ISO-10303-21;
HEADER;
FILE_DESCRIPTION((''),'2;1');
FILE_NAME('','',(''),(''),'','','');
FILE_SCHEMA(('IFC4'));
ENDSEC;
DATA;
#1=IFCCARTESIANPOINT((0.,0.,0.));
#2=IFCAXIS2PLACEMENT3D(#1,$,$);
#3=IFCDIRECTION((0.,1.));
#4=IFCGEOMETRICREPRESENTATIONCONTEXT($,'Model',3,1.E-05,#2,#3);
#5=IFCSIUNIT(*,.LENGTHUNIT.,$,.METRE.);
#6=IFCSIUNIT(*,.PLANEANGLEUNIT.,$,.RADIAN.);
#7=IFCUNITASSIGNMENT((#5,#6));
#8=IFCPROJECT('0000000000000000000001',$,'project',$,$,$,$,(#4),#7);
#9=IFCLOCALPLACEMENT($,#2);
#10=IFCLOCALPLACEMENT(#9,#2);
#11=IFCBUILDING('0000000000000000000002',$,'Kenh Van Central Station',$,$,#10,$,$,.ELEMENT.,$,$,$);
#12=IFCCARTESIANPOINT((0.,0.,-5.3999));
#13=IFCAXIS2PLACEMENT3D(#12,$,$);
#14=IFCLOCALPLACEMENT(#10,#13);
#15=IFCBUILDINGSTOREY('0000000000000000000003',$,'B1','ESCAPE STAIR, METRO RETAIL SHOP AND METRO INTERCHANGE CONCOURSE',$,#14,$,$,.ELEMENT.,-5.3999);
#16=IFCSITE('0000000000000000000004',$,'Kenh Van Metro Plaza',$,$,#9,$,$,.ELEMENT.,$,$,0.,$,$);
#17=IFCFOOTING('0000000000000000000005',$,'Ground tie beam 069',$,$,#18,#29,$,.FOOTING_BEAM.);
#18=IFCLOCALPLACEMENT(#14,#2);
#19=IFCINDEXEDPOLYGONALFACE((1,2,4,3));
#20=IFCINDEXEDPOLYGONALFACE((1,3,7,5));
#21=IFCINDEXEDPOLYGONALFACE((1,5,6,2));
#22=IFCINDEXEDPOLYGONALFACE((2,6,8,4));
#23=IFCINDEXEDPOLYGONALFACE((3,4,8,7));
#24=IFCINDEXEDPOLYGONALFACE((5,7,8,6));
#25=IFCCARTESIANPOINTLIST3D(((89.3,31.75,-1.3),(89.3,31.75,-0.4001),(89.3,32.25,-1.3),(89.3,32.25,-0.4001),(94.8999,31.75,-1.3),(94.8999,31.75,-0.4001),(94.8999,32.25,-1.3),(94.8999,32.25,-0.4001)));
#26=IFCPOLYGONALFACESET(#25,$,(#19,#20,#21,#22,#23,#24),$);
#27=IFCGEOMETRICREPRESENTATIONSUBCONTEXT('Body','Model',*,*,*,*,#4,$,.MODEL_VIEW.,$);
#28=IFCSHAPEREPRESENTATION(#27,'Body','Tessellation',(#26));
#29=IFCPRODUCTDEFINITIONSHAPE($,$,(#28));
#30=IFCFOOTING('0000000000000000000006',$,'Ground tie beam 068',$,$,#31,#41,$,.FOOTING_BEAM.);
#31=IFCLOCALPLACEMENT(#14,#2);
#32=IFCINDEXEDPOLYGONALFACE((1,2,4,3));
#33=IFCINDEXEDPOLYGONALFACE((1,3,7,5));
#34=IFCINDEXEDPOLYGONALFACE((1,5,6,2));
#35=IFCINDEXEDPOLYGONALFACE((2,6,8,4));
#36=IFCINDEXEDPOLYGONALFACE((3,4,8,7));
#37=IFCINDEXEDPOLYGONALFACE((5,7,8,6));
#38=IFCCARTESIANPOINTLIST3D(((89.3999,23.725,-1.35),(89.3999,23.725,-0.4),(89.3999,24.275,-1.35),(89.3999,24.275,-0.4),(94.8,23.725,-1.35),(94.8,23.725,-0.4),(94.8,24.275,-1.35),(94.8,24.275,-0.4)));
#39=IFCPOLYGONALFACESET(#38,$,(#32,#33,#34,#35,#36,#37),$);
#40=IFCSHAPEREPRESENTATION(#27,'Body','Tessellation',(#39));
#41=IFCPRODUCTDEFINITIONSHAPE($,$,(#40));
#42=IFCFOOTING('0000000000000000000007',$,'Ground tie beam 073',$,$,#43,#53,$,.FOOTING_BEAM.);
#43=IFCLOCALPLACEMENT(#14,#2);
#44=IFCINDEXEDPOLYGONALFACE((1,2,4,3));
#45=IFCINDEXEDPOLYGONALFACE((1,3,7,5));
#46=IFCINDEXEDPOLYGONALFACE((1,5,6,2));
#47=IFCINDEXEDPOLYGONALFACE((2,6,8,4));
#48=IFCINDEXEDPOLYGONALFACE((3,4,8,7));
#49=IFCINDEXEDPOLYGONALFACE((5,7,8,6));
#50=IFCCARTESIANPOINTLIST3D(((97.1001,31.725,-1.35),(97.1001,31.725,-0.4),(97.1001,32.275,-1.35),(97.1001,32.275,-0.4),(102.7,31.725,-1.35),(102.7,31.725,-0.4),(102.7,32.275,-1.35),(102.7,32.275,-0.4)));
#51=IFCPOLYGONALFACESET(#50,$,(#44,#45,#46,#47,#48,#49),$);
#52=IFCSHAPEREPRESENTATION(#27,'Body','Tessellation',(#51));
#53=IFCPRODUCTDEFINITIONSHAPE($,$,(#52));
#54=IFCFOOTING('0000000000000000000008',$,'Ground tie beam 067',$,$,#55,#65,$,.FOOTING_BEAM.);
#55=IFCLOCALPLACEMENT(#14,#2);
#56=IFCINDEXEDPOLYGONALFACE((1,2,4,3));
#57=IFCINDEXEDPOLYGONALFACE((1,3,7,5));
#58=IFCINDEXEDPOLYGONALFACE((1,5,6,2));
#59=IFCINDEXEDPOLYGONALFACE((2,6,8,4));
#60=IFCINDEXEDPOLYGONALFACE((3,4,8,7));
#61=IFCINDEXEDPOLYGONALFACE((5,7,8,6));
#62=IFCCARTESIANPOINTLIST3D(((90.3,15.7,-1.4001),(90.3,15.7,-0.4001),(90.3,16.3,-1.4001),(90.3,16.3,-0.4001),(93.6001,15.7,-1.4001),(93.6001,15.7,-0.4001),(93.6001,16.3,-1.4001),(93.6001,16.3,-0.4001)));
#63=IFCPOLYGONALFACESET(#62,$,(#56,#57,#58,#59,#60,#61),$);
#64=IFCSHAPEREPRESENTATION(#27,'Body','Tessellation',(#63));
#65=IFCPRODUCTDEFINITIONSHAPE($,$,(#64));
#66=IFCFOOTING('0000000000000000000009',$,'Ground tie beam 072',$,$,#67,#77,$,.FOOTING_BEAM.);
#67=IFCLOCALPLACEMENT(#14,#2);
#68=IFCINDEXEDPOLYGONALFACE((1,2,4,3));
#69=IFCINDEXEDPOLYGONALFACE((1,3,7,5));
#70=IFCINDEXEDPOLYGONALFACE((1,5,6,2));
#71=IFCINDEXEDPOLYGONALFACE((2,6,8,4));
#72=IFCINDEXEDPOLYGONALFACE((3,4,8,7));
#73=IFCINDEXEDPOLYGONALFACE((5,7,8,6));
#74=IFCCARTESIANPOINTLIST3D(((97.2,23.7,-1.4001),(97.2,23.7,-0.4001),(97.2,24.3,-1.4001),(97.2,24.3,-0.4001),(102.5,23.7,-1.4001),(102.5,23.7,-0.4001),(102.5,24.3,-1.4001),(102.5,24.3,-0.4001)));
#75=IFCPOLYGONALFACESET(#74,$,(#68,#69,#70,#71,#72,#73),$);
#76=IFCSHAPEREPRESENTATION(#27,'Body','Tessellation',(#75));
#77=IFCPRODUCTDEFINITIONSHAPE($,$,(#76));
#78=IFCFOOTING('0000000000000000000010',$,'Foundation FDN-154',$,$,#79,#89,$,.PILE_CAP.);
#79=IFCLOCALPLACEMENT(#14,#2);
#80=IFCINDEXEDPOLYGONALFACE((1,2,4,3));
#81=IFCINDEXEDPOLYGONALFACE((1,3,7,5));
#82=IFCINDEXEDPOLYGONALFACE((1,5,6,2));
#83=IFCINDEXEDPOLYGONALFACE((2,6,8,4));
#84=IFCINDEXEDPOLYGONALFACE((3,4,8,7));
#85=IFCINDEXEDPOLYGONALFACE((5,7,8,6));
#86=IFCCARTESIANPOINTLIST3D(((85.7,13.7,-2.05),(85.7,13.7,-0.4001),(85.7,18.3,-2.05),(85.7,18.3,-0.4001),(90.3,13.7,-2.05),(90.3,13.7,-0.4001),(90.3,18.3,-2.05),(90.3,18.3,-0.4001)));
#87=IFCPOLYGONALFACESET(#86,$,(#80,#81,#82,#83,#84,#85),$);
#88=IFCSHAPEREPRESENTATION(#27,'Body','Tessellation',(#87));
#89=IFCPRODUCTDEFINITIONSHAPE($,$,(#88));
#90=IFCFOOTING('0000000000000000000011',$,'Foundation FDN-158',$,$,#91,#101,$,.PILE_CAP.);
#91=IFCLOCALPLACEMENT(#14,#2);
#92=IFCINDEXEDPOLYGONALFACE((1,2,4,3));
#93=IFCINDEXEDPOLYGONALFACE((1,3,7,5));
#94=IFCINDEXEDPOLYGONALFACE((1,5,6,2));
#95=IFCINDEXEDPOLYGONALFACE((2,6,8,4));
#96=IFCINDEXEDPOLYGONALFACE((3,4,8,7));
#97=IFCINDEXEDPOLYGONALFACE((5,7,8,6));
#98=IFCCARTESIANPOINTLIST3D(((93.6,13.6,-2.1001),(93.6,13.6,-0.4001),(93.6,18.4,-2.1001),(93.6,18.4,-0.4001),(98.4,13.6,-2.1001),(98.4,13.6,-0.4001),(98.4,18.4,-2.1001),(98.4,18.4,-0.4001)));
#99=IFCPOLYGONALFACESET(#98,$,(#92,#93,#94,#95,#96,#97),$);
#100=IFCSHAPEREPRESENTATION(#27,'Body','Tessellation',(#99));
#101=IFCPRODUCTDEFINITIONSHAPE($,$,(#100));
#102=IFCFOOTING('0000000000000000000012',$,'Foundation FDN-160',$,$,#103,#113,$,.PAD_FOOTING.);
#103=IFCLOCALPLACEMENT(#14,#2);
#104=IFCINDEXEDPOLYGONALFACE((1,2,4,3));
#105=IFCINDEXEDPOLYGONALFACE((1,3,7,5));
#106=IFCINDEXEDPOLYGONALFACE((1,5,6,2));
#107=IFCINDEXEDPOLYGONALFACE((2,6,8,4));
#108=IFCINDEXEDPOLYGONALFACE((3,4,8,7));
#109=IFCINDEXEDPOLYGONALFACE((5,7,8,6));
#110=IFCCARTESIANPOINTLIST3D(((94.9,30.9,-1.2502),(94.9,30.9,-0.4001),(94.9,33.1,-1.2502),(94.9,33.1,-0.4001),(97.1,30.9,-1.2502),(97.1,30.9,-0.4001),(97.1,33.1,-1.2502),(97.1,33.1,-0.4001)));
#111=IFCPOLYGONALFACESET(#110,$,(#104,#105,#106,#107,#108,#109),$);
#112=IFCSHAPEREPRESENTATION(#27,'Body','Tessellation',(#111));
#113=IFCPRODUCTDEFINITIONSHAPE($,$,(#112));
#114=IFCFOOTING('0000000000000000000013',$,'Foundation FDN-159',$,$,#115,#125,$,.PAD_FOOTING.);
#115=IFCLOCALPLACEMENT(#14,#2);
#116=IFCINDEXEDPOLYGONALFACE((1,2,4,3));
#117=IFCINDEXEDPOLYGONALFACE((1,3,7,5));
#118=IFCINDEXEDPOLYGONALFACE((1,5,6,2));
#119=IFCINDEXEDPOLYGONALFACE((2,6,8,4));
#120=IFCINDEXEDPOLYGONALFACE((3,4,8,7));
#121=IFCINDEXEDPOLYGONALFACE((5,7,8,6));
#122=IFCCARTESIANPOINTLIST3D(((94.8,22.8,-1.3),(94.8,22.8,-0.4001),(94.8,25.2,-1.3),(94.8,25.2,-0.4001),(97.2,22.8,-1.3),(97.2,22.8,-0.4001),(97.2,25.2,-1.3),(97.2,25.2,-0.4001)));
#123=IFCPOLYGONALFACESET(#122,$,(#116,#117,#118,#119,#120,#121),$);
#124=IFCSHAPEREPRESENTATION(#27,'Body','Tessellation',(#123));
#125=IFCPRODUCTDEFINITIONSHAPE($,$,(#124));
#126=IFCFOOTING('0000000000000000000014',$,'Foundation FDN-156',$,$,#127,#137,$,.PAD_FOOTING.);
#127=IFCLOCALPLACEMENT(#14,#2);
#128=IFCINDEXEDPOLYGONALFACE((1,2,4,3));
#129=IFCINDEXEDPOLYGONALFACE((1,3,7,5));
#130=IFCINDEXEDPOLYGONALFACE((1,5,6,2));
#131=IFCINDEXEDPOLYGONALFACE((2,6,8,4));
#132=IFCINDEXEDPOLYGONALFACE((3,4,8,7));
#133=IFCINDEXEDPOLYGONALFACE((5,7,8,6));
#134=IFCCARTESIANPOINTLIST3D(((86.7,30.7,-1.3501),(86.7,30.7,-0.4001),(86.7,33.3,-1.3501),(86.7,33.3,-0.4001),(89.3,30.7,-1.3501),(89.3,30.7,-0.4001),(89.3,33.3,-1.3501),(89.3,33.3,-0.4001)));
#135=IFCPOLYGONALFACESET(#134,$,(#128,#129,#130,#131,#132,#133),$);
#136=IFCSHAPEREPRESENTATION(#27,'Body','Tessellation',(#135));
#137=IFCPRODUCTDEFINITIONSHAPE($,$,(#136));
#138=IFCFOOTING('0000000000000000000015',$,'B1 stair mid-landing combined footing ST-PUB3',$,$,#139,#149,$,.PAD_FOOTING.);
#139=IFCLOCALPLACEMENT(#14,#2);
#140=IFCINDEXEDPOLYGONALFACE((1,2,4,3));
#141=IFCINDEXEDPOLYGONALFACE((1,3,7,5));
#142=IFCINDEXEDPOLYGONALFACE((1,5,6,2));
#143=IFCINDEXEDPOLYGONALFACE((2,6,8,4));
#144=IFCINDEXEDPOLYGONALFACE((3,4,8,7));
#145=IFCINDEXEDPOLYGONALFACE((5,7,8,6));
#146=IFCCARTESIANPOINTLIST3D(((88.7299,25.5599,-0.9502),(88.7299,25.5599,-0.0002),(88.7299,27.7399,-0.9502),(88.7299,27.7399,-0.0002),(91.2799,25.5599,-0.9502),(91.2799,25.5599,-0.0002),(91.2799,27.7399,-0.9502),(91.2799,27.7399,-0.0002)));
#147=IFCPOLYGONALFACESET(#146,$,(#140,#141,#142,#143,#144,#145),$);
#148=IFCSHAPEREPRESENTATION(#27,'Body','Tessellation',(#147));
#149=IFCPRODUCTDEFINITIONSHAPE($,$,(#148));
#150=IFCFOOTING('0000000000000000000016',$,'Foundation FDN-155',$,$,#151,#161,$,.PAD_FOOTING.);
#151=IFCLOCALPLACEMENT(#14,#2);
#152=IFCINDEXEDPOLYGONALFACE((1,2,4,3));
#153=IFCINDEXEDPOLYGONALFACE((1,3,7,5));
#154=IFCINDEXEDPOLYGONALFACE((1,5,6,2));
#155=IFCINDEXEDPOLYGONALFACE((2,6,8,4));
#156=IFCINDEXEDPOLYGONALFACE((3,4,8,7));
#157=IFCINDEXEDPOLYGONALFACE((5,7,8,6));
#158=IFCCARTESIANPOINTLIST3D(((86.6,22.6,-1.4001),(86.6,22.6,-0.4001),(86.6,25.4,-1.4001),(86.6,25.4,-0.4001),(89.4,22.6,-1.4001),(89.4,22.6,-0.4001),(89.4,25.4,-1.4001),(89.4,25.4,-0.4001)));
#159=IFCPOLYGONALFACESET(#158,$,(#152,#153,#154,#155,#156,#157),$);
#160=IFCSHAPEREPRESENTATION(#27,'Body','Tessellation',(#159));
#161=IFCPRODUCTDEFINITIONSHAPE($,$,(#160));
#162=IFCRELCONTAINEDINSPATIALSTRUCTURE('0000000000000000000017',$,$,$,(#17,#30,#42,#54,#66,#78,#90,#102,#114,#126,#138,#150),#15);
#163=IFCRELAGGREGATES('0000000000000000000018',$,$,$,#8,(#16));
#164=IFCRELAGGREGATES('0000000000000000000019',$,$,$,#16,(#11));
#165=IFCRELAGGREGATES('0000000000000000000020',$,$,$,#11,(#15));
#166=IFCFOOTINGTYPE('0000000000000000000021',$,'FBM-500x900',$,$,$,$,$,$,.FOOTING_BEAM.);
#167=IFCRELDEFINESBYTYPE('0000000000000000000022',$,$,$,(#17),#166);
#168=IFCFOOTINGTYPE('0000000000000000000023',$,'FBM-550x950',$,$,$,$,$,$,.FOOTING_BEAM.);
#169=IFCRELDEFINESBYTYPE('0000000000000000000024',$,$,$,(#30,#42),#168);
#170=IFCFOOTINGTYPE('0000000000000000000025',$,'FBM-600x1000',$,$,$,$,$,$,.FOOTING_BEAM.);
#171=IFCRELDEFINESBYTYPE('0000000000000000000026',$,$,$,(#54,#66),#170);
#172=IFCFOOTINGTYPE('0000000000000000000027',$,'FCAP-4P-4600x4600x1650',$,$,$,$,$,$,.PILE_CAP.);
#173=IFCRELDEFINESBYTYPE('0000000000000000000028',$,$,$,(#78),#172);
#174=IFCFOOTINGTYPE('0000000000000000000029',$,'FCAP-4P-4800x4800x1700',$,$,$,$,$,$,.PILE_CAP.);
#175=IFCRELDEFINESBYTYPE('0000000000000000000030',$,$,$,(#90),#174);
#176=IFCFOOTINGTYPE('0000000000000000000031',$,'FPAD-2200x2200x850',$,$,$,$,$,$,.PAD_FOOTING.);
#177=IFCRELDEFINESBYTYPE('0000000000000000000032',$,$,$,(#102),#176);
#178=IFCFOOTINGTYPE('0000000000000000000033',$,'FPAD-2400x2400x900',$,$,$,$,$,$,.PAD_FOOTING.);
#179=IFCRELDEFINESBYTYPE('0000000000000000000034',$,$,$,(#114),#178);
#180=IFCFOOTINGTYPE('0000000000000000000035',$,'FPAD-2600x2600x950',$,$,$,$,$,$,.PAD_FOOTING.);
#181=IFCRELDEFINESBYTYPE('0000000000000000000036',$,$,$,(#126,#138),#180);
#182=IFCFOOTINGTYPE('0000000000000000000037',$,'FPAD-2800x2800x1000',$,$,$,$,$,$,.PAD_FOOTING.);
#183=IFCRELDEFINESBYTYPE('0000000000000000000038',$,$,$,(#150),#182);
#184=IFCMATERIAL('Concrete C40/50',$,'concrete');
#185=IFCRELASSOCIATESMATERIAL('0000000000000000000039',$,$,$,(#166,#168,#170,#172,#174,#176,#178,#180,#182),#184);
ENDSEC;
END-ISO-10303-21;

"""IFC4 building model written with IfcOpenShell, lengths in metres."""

from ifc_helpers import new_model, si_unit, direction, frame, origin, origin_2d, place, context, subcontext, project, spatial, rectangle, extrude, material, material_profile, profile_set, type_object, element, save


model = new_model("IFC4")

# Units and contexts
model_context = context("Model", 3, precision=1e-05, world=origin(), true_north=direction((0.0, 1.0)))
body_context = subcontext(model_context, "Body", "Model", "MODEL_VIEW")
ifc_project = project(units=[si_unit("LENGTHUNIT", "METRE"), si_unit("PLANEANGLEUNIT", "RADIAN")], contexts=[model_context])

# Site, building, storey
site_placement = place(None, origin())
site = spatial("IfcSite", under=ifc_project, at=site_placement, Name="Kenh Van Metro Plaza", CompositionType="ELEMENT", RefElevation=0.0)
building_placement = place(site_placement, origin())
building = spatial("IfcBuilding", under=site, at=building_placement, Name="Kenh Van Central Station", CompositionType="ELEMENT")
storey_placement = place(building_placement, frame((0.0, 0.0, -5.3999)))
storey = spatial("IfcBuildingStorey", under=building, at=storey_placement, Name="B1", Description="ESCAPE STAIR, METRO RETAIL SHOP AND METRO INTERCHANGE CONCOURSE", CompositionType="ELEMENT", Elevation=-5.3999)

# Footings
ifc_material = material(Name="Concrete C40/50", Category="concrete")
ifc_material_profile_1 = material_profile(ifc_material, rectangle(XDim=0.5, YDim=0.8999, at=origin_2d()), Name="RC 500x900")
ifc_profile_set_1 = profile_set([ifc_material_profile_1], Name="Concrete C40/50")
footing_type_1 = type_object("IfcFootingType", Name="FBM-500x900", PredefinedType="FOOTING_BEAM", material=ifc_profile_set_1)
footing_1_placement = place(storey_placement, frame((89.3, 32.0, -0.8501), z_axis=(1.0, 0.0, 0.0), x_axis=(0.0, 1.0, 0.0)))
element("IfcFooting", 1, at=footing_1_placement, inside=storey, type_object=footing_type_1, Name="Ground tie beam 069", PredefinedType="FOOTING_BEAM", context=body_context, shape_type="SweptSolid", body=[
    extrude(rectangle(XDim=0.5, YDim=0.8999, at=origin_2d()), origin(), (0.0, 0.0, 1.0), 5.5999),
])
ifc_material_profile_2 = material_profile(ifc_material, rectangle(XDim=0.55, YDim=0.95, at=origin_2d()), Name="RC 550x950")
ifc_profile_set_2 = profile_set([ifc_material_profile_2], Name="Concrete C40/50")
footing_type_2 = type_object("IfcFootingType", Name="FBM-550x950", PredefinedType="FOOTING_BEAM", material=ifc_profile_set_2)
footing_2_placement = place(storey_placement, frame((89.3999, 24.0, -0.875), z_axis=(1.0, 0.0, 0.0), x_axis=(0.0, 1.0, 0.0)))
element("IfcFooting", 2, at=footing_2_placement, inside=storey, type_object=footing_type_2, Name="Ground tie beam 068", PredefinedType="FOOTING_BEAM", context=body_context, shape_type="SweptSolid", body=[
    extrude(rectangle(XDim=0.55, YDim=0.95, at=origin_2d()), origin(), (0.0, 0.0, 1.0), 5.4001),
])
footing_3_placement = place(storey_placement, frame((97.1001, 32.0, -0.875), z_axis=(1.0, 0.0, 0.0), x_axis=(0.0, 1.0, 0.0)))
element("IfcFooting", 3, at=footing_3_placement, inside=storey, type_object=footing_type_2, Name="Ground tie beam 073", PredefinedType="FOOTING_BEAM", context=body_context, shape_type="SweptSolid", body=[
    extrude(rectangle(XDim=0.55, YDim=0.95, at=origin_2d()), origin(), (0.0, 0.0, 1.0), 5.5999),
])
ifc_material_profile_3 = material_profile(ifc_material, rectangle(XDim=0.6001, YDim=1.0, at=origin_2d()), Name="RC 600x1000")
ifc_profile_set_3 = profile_set([ifc_material_profile_3], Name="Concrete C40/50")
footing_type_3 = type_object("IfcFootingType", Name="FBM-600x1000", PredefinedType="FOOTING_BEAM", material=ifc_profile_set_3)
footing_4_placement = place(storey_placement, frame((90.3, 16.0, -0.9001), z_axis=(1.0, 0.0, 0.0), x_axis=(0.0, 1.0, 0.0)))
element("IfcFooting", 4, at=footing_4_placement, inside=storey, type_object=footing_type_3, Name="Ground tie beam 067", PredefinedType="FOOTING_BEAM", context=body_context, shape_type="SweptSolid", body=[
    extrude(rectangle(XDim=0.6001, YDim=1.0, at=origin_2d()), origin(), (0.0, 0.0, 1.0), 3.3),
])
footing_5_placement = place(storey_placement, frame((97.2, 24.0, -0.9001), z_axis=(1.0, 0.0, 0.0), x_axis=(0.0, 1.0, 0.0)))
element("IfcFooting", 5, at=footing_5_placement, inside=storey, type_object=footing_type_3, Name="Ground tie beam 072", PredefinedType="FOOTING_BEAM", context=body_context, shape_type="SweptSolid", body=[
    extrude(rectangle(XDim=0.6001, YDim=1.0, at=origin_2d()), origin(), (0.0, 0.0, 1.0), 5.3),
])
footing_type_4 = type_object("IfcFootingType", Name="FCAP-4P-4600x4600x1650", PredefinedType="PILE_CAP", material=ifc_material)
footing_6_placement = place(storey_placement, frame((88.0, 16.0, -2.05), z_axis=(0.0, 0.0, 1.0), x_axis=(1.0, 0.0, 0.0)))
element("IfcFooting", 6, at=footing_6_placement, inside=storey, type_object=footing_type_4, Name="Foundation FDN-154", PredefinedType="PILE_CAP", context=body_context, shape_type="SweptSolid", body=[
    extrude(rectangle(XDim=4.6001, YDim=4.6001, at=origin_2d()), origin(), (0.0, 0.0, 1.0), 1.6499),
])
footing_type_5 = type_object("IfcFootingType", Name="FCAP-4P-4800x4800x1700", PredefinedType="PILE_CAP", material=ifc_material)
footing_7_placement = place(storey_placement, frame((96.0, 16.0, -2.1001), z_axis=(0.0, 0.0, 1.0), x_axis=(1.0, 0.0, 0.0)))
element("IfcFooting", 7, at=footing_7_placement, inside=storey, type_object=footing_type_5, Name="Foundation FDN-158", PredefinedType="PILE_CAP", context=body_context, shape_type="SweptSolid", body=[
    extrude(rectangle(XDim=4.8, YDim=4.8, at=origin_2d()), origin(), (0.0, 0.0, 1.0), 1.7),
])
footing_type_6 = type_object("IfcFootingType", Name="FPAD-2200x2200x850", PredefinedType="PAD_FOOTING", material=ifc_material)
footing_8_placement = place(storey_placement, frame((96.0, 32.0, -1.2502), z_axis=(0.0, 0.0, 1.0), x_axis=(1.0, 0.0, 0.0)))
element("IfcFooting", 8, at=footing_8_placement, inside=storey, type_object=footing_type_6, Name="Foundation FDN-160", PredefinedType="PAD_FOOTING", context=body_context, shape_type="SweptSolid", body=[
    extrude(rectangle(XDim=2.2, YDim=2.2, at=origin_2d()), origin(), (0.0, 0.0, 1.0), 0.8501),
])
footing_type_7 = type_object("IfcFootingType", Name="FPAD-2400x2400x900", PredefinedType="PAD_FOOTING", material=ifc_material)
footing_9_placement = place(storey_placement, frame((96.0, 24.0, -1.3), z_axis=(0.0, 0.0, 1.0), x_axis=(1.0, 0.0, 0.0)))
element("IfcFooting", 9, at=footing_9_placement, inside=storey, type_object=footing_type_7, Name="Foundation FDN-159", PredefinedType="PAD_FOOTING", context=body_context, shape_type="SweptSolid", body=[
    extrude(rectangle(XDim=2.3999, YDim=2.3999, at=origin_2d()), origin(), (0.0, 0.0, 1.0), 0.8999),
])
footing_type_8 = type_object("IfcFootingType", Name="FPAD-2600x2600x950", PredefinedType="PAD_FOOTING", material=ifc_material)
footing_10_placement = place(storey_placement, frame((88.0, 32.0, -1.3501), z_axis=(0.0, 0.0, 1.0), x_axis=(1.0, 0.0, 0.0)))
element("IfcFooting", 10, at=footing_10_placement, inside=storey, type_object=footing_type_8, Name="Foundation FDN-156", PredefinedType="PAD_FOOTING", context=body_context, shape_type="SweptSolid", body=[
    extrude(rectangle(XDim=2.6001, YDim=2.6001, at=origin_2d()), origin(), (0.0, 0.0, 1.0), 0.95),
])
footing_11_placement = place(storey_placement, frame((90.0049, 26.6499, -0.9502), z_axis=(0.0, 0.0, 1.0), x_axis=(1.0, 0.0, 0.0)))
element("IfcFooting", 11, at=footing_11_placement, inside=storey, type_object=footing_type_8, Name="B1 stair mid-landing combined footing ST-PUB3", PredefinedType="PAD_FOOTING", context=body_context, shape_type="SweptSolid", body=[
    extrude(rectangle(XDim=2.55, YDim=2.1799, at=origin_2d()), origin(), (0.0, 0.0, 1.0), 0.95),
])
footing_type_9 = type_object("IfcFootingType", Name="FPAD-2800x2800x1000", PredefinedType="PAD_FOOTING", material=ifc_material)
footing_12_placement = place(storey_placement, frame((88.0, 24.0, -1.4001), z_axis=(0.0, 0.0, 1.0), x_axis=(1.0, 0.0, 0.0)))
element("IfcFooting", 12, at=footing_12_placement, inside=storey, type_object=footing_type_9, Name="Foundation FDN-155", PredefinedType="PAD_FOOTING", context=body_context, shape_type="SweptSolid", body=[
    extrude(rectangle(XDim=2.8, YDim=2.8, at=origin_2d()), origin(), (0.0, 0.0, 1.0), 1.0),
])

save(model, "model.ifc")
